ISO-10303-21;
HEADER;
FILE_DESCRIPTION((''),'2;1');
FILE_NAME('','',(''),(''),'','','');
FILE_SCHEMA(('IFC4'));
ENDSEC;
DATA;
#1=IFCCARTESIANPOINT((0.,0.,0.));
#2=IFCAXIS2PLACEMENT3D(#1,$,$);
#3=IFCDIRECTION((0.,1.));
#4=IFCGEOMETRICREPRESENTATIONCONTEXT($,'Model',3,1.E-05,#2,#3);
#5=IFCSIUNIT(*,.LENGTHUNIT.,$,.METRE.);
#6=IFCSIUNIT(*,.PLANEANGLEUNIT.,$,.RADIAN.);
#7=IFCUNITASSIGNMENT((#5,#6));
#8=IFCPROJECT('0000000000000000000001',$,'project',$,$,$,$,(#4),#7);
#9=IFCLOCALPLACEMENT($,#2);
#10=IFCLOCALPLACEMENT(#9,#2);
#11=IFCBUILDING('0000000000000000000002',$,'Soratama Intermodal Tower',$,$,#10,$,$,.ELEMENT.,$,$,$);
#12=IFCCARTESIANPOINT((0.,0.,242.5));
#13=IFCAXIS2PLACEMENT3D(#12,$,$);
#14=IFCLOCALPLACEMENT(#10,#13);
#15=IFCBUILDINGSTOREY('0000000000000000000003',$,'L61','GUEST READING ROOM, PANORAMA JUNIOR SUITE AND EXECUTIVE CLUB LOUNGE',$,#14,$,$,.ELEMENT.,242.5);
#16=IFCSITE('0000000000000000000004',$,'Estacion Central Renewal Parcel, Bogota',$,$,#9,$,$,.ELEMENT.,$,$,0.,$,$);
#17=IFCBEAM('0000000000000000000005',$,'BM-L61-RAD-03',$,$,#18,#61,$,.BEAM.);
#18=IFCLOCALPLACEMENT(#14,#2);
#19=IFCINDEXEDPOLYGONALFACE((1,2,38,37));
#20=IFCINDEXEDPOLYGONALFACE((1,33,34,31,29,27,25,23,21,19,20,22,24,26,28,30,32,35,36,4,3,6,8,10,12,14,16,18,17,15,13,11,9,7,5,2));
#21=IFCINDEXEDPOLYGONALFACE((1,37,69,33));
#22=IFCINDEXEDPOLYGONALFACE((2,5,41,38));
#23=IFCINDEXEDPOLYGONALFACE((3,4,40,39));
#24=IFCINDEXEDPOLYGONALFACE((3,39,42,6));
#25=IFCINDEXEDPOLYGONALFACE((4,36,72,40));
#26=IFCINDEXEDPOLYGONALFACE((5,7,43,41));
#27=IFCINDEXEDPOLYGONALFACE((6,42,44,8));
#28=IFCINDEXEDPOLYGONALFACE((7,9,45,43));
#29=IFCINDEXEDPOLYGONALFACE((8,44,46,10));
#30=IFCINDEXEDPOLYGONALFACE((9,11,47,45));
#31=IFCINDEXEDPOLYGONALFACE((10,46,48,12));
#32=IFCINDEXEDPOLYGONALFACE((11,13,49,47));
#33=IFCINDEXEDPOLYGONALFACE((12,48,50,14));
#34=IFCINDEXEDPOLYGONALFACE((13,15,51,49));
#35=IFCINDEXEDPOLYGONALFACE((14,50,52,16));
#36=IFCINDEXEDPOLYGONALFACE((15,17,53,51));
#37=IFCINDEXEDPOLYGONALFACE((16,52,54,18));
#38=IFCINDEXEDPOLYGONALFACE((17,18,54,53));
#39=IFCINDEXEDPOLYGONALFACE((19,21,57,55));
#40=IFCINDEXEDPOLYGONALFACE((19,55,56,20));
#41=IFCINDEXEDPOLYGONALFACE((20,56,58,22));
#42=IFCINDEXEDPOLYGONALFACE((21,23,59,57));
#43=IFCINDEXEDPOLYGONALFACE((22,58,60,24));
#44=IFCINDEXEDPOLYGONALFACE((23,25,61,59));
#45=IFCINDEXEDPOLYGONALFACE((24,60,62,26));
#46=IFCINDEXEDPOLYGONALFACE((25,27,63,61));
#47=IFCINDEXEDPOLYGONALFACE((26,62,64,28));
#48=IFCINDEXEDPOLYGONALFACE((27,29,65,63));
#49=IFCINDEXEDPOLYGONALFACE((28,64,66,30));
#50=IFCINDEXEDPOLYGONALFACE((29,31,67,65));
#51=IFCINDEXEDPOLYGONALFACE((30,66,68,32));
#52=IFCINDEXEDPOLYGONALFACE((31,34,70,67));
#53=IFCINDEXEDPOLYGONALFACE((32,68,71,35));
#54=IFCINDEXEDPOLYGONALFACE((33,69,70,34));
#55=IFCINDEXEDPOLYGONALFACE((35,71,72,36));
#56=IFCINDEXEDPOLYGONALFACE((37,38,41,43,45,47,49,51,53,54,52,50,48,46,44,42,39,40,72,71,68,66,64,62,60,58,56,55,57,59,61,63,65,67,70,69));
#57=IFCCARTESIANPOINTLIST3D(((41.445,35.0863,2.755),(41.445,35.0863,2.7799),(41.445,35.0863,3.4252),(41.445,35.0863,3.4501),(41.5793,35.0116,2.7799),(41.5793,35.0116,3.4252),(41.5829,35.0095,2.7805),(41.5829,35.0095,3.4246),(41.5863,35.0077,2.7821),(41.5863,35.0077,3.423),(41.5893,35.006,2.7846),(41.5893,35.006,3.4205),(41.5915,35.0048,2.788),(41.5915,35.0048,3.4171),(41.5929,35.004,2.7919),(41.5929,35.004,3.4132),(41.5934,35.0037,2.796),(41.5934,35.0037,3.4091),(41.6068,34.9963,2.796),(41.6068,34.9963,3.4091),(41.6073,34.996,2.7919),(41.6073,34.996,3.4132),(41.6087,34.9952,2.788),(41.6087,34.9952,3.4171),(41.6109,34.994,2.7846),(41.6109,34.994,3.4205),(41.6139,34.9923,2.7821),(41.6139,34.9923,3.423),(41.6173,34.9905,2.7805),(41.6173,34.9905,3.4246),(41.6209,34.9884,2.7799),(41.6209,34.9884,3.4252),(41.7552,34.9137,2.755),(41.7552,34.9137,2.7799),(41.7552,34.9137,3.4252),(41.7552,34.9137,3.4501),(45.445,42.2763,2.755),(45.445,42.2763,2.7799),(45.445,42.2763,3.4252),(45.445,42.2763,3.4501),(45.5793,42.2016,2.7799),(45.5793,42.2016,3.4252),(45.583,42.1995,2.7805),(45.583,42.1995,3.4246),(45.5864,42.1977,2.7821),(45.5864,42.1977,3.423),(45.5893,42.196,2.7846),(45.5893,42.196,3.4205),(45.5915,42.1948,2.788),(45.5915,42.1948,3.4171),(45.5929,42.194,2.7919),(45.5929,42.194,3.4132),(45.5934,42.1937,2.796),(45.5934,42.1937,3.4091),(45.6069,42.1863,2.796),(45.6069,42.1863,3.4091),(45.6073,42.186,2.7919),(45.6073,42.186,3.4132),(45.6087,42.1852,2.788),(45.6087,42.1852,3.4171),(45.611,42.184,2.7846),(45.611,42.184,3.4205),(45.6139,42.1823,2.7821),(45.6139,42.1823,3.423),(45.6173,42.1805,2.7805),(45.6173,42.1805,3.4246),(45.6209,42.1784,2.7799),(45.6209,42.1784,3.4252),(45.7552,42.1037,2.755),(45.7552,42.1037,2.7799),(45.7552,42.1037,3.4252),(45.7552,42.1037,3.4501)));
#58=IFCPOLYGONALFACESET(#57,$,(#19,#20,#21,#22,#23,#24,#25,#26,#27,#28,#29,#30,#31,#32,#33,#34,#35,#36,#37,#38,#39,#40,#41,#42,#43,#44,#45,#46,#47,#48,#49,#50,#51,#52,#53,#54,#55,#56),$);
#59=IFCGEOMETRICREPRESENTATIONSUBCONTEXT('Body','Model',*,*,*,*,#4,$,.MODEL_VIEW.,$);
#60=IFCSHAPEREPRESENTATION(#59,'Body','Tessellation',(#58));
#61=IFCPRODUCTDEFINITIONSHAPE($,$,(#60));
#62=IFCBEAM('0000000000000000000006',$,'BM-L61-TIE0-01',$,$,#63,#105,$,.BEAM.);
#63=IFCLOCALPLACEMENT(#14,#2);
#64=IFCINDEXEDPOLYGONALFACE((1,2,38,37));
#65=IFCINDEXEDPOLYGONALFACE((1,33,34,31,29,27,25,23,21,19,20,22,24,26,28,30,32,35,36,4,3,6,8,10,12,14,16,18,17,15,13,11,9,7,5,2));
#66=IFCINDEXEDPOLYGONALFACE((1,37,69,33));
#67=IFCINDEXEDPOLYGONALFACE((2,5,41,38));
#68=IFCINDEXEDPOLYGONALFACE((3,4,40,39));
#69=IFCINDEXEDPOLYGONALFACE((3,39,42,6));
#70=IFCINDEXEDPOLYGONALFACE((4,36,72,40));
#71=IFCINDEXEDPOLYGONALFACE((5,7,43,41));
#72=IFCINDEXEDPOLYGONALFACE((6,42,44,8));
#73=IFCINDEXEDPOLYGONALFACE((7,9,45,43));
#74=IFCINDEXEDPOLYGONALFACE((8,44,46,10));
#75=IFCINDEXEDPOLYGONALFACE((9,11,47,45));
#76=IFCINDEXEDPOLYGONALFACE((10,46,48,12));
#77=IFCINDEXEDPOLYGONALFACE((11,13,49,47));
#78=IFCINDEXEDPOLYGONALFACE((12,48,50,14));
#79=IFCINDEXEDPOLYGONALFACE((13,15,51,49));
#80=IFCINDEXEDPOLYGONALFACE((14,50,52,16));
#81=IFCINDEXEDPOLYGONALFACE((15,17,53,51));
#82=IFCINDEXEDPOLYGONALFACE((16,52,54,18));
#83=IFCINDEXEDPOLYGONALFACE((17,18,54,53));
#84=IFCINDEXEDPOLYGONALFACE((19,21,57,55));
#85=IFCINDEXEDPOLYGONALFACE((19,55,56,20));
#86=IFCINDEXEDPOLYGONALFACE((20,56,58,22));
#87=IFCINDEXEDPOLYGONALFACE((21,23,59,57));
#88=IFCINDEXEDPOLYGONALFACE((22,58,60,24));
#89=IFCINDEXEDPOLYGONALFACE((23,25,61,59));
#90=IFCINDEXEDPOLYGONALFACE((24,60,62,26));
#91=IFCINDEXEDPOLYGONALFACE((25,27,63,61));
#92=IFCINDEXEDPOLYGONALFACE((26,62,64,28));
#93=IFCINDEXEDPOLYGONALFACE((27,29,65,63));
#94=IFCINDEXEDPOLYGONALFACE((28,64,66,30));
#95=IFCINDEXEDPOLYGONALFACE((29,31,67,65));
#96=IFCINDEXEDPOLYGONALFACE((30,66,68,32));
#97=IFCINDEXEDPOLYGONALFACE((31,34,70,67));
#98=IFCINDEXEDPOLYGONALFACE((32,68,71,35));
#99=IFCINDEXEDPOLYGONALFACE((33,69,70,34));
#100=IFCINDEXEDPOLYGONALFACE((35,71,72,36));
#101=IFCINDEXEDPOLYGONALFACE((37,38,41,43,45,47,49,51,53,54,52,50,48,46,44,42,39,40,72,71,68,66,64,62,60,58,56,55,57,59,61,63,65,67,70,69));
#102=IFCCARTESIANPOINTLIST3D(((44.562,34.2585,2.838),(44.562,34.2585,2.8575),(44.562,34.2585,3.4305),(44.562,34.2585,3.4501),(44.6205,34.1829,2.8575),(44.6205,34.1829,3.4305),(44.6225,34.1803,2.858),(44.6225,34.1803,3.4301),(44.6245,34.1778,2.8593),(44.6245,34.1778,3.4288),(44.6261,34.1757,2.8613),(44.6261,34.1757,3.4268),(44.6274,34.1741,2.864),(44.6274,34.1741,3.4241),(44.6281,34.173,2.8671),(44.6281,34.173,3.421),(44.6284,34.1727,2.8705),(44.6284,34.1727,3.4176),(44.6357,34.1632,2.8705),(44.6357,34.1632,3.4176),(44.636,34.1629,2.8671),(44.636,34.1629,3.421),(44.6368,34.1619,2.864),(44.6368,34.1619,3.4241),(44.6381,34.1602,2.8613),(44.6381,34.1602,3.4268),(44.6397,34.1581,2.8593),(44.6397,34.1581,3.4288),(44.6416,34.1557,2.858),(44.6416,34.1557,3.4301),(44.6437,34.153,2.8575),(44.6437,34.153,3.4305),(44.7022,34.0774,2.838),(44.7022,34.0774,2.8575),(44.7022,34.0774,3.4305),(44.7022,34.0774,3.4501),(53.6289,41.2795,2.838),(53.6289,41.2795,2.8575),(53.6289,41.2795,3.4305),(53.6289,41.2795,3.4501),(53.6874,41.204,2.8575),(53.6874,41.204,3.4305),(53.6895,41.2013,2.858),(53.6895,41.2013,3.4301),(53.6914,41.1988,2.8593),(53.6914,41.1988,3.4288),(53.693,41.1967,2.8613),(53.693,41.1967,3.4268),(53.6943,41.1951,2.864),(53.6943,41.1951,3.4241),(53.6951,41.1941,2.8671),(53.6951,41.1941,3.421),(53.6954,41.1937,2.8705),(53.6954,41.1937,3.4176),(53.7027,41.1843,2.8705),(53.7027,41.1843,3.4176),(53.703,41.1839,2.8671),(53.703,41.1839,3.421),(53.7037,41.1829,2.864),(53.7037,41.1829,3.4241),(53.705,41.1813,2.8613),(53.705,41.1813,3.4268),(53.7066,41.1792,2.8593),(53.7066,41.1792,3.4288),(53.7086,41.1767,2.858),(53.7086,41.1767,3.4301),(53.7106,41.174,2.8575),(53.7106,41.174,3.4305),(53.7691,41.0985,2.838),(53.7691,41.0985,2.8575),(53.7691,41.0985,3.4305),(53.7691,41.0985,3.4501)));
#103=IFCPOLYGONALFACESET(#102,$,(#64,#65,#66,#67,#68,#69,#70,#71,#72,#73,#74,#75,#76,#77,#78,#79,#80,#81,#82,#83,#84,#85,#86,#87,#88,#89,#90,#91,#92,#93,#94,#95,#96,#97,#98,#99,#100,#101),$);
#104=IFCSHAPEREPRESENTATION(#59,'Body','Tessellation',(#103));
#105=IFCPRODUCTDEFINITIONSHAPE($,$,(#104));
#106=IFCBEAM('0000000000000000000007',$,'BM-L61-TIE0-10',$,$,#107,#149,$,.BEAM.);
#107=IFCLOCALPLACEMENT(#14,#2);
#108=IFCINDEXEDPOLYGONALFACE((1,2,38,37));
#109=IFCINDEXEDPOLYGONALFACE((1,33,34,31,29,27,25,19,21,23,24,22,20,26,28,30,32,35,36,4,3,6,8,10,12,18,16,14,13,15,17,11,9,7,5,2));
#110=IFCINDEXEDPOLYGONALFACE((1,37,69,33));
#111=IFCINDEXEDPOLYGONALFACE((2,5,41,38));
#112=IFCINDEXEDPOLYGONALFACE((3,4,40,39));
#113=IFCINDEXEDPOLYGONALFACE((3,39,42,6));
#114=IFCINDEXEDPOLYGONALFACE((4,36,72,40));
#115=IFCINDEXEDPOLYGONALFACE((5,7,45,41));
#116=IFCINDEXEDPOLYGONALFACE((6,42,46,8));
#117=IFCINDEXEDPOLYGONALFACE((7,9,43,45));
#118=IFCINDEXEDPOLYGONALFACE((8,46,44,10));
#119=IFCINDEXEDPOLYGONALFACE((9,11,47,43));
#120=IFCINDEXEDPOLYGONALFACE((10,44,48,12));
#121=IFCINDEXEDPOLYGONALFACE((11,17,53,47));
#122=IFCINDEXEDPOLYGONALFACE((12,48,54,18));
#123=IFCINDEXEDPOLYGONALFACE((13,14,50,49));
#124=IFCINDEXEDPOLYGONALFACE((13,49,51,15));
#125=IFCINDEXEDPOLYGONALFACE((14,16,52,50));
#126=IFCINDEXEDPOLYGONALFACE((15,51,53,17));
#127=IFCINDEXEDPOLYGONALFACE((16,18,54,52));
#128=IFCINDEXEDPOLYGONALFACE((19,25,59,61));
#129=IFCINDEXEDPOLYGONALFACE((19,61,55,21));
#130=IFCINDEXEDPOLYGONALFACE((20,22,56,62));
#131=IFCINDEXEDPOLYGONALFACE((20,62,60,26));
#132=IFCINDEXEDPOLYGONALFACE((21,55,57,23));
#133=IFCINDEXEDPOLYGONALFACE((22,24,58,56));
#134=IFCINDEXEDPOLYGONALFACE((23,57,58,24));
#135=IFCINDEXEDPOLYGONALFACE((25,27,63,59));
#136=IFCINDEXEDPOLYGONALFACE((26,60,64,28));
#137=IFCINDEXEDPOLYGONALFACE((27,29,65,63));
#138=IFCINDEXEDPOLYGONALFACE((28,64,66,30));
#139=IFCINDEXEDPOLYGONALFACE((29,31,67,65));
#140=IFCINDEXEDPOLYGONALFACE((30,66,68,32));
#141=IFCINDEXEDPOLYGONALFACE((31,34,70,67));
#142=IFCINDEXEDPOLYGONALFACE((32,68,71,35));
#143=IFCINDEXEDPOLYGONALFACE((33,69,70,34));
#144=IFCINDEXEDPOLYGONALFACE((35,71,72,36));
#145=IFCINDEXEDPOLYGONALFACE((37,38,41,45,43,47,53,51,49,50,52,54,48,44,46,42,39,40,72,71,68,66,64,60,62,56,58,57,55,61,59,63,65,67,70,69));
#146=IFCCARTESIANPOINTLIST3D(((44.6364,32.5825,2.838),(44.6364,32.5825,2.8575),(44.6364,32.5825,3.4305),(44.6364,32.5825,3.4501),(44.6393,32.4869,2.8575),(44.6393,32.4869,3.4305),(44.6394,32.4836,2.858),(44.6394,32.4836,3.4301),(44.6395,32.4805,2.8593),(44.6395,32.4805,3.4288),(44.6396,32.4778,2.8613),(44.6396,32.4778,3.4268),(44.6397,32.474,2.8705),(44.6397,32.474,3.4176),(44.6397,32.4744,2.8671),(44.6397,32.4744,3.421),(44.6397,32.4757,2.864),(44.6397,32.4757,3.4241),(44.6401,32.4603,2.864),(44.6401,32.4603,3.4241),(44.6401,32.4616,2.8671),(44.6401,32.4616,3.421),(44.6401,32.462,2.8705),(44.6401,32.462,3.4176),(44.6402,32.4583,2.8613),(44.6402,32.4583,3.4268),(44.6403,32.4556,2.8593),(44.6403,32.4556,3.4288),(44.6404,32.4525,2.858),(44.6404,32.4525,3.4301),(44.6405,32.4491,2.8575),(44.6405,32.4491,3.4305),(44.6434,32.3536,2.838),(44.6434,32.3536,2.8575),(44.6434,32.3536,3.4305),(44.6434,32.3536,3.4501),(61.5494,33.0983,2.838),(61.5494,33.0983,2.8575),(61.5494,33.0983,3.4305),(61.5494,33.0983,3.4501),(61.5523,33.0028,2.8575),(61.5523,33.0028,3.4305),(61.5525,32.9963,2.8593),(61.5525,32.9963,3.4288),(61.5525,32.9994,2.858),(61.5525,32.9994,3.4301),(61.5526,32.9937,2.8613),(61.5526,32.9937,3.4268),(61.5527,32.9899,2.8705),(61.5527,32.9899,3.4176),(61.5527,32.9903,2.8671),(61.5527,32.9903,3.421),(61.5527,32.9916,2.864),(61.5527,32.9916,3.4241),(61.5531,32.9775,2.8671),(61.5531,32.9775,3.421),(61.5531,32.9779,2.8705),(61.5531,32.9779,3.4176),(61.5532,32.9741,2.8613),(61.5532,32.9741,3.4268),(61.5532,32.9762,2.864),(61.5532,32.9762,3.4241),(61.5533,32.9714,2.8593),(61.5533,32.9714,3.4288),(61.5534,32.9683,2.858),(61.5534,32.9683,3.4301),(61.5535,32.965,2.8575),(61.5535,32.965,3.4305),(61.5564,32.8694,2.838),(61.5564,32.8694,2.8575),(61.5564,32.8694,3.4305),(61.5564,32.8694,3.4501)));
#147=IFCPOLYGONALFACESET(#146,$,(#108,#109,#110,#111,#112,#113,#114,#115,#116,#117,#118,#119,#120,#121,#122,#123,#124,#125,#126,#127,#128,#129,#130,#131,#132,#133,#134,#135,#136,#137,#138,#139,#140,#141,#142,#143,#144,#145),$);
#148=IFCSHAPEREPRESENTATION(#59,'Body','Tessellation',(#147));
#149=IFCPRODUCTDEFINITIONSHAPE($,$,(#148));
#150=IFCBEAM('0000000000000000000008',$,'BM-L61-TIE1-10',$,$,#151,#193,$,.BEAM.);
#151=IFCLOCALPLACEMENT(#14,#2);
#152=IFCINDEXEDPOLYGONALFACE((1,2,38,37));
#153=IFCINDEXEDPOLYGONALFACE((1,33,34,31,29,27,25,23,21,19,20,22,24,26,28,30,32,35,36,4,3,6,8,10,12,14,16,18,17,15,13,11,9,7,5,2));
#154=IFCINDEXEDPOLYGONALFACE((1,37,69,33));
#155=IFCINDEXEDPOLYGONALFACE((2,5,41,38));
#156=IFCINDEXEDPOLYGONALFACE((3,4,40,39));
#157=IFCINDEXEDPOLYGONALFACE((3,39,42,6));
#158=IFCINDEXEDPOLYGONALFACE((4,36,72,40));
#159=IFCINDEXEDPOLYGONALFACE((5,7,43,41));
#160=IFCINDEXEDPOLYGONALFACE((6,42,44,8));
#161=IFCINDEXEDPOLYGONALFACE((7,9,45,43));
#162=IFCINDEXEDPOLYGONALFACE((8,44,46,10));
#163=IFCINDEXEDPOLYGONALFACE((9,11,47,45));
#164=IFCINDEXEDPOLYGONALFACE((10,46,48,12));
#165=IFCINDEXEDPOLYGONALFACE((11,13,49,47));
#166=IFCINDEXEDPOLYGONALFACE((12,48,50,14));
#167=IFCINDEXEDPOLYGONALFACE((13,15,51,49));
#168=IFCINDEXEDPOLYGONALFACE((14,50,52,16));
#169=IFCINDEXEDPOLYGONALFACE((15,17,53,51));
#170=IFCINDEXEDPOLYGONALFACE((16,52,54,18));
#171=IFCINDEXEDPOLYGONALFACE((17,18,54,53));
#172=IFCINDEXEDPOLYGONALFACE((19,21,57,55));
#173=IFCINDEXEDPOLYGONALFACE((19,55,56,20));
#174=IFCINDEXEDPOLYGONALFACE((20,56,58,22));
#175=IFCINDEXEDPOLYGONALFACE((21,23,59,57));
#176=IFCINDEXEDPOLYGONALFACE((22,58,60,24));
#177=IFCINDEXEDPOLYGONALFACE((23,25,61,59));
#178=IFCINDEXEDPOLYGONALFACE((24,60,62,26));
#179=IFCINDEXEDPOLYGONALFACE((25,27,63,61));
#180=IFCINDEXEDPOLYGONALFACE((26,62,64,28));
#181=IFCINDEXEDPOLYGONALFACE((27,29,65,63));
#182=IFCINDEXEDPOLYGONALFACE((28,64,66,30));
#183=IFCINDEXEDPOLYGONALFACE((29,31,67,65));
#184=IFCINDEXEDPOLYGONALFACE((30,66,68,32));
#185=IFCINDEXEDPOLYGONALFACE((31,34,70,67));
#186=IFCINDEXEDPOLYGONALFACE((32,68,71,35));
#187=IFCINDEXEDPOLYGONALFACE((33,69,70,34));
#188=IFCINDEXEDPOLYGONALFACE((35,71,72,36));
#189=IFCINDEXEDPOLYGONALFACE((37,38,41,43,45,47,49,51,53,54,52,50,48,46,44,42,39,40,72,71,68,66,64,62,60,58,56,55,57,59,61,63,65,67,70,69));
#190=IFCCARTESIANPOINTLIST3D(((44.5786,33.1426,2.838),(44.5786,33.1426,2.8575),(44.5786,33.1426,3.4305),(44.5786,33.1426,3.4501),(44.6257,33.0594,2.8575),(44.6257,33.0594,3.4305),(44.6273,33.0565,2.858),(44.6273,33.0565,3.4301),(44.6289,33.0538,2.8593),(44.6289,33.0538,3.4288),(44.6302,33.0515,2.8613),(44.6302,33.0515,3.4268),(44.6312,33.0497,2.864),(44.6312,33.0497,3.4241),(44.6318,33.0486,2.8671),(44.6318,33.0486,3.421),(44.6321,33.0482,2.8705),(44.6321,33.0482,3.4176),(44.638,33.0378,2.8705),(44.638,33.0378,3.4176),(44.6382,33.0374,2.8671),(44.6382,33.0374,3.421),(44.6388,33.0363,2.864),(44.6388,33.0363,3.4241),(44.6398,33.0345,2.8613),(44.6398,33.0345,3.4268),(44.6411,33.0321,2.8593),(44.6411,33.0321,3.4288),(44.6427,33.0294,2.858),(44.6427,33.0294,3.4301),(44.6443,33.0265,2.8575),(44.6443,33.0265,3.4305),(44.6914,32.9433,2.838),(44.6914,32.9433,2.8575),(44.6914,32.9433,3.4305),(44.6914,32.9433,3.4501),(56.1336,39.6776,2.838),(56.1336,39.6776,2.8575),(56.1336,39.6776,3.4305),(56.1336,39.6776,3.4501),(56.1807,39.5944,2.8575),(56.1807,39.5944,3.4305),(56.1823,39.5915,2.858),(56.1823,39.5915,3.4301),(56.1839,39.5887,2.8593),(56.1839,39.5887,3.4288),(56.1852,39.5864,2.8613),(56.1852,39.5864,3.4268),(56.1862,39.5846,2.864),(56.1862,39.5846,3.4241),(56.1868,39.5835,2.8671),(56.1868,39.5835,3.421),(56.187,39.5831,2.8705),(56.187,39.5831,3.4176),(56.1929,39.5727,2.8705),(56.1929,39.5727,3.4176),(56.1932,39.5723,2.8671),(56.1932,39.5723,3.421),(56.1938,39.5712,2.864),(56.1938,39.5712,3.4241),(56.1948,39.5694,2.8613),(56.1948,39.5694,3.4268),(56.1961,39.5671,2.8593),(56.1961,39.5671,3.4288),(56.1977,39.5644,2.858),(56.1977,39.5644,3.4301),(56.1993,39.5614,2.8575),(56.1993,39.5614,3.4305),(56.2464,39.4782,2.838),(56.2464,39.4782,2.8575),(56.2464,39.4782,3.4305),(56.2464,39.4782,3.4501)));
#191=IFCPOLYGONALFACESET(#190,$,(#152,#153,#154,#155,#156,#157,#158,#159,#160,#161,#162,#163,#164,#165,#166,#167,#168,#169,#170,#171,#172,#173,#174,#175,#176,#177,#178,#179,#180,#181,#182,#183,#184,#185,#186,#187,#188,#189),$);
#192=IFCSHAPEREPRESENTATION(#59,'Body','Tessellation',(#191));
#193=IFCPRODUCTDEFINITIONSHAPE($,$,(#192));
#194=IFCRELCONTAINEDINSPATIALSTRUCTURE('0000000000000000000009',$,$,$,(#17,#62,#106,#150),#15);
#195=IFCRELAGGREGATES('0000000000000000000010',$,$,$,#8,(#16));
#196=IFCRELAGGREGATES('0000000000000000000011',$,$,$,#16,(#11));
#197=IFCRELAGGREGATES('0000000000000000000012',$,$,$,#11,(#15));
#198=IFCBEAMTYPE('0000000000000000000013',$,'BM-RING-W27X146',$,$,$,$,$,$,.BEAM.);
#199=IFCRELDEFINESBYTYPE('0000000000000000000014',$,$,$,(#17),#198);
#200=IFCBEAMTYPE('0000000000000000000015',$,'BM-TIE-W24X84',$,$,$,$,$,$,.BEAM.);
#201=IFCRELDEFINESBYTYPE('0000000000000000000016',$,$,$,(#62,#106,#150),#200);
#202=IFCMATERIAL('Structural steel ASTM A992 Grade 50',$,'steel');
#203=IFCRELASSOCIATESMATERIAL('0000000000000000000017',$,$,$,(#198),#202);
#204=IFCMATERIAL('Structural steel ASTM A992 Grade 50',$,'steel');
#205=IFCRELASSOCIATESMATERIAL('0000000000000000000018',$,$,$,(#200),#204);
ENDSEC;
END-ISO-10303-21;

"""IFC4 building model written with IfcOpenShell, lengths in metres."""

from ifc_helpers import new_model, si_unit, direction, frame, origin, origin_2d, place, context, subcontext, project, spatial, i_section, extrude, material, material_profile, profile_set, type_object, element, save


model = new_model("IFC4")

# Units and contexts
model_context = context("Model", 3, precision=1e-05, world=origin(), true_north=direction((0.0, 1.0)))
body_context = subcontext(model_context, "Body", "Model", "MODEL_VIEW")
ifc_project = project(units=[si_unit("LENGTHUNIT", "METRE"), si_unit("PLANEANGLEUNIT", "RADIAN")], contexts=[model_context])

# Site, building, storey
site_placement = place(None, origin())
site = spatial("IfcSite", under=ifc_project, at=site_placement, Name="Estacion Central Renewal Parcel, Bogota", CompositionType="ELEMENT", RefElevation=0.0)
building_placement = place(site_placement, origin())
building = spatial("IfcBuilding", under=site, at=building_placement, Name="Soratama Intermodal Tower", CompositionType="ELEMENT")
storey_placement = place(building_placement, frame((0.0, 0.0, 242.5)))
storey = spatial("IfcBuildingStorey", under=building, at=storey_placement, Name="L61", Description="GUEST READING ROOM, PANORAMA JUNIOR SUITE AND EXECUTIVE CLUB LOUNGE", CompositionType="ELEMENT", Elevation=242.5)

# Beams
ifc_material_1 = material(Name="Structural steel ASTM A992 Grade 50", Category="steel")
ifc_material_profile_1 = material_profile(ifc_material_1, i_section(OverallWidth=0.355, OverallDepth=0.6951, WebThickness=0.0154, FlangeThickness=0.0249, FilletRadius=0.0161, at=origin_2d()), Name="W27X146")
ifc_profile_set_1 = profile_set([ifc_material_profile_1], Name="Structural steel ASTM A992 Grade 50")
beam_type_1 = type_object("IfcBeamType", Name="BM-RING-W27X146", PredefinedType="BEAM", material=ifc_profile_set_1)
beam_1_placement = place(storey_placement, frame((41.6001, 35.0, 3.1025), z_axis=(0.486162, 0.873869, 0.0), x_axis=(-0.873869, 0.486162, 0.0)))
element("IfcBeam", 1, at=beam_1_placement, inside=storey, type_object=beam_type_1, Name="BM-L61-RAD-03", PredefinedType="BEAM", context=body_context, shape_type="SweptSolid", body=[
    extrude(i_section(OverallWidth=0.355, OverallDepth=0.6951, WebThickness=0.0154, FlangeThickness=0.0249, FilletRadius=0.0161, at=origin_2d()), origin(), (0.0, 0.0, 1.0), 8.2278),
])
ifc_material_2 = material(Name="Structural steel ASTM A992 Grade 50", Category="steel")
ifc_material_profile_2 = material_profile(ifc_material_2, i_section(OverallWidth=0.229, OverallDepth=0.6121, WebThickness=0.012, FlangeThickness=0.0195, FilletRadius=0.0129, at=origin_2d()), Name="W24X84")
ifc_profile_set_2 = profile_set([ifc_material_profile_2], Name="Structural steel ASTM A992 Grade 50")
beam_type_2 = type_object("IfcBeamType", Name="BM-TIE-W24X84", PredefinedType="BEAM", material=ifc_profile_set_2)
beam_2_placement = place(storey_placement, frame((44.6321, 34.168, 3.144), z_axis=(0.790662, 0.612253, 0.0), x_axis=(-0.612253, 0.790662, 0.0)))
element("IfcBeam", 2, at=beam_2_placement, inside=storey, type_object=beam_type_2, Name="BM-L61-TIE0-01", PredefinedType="BEAM", context=body_context, shape_type="SweptSolid", body=[
    extrude(i_section(OverallWidth=0.229, OverallDepth=0.6121, WebThickness=0.012, FlangeThickness=0.0195, FilletRadius=0.0129, at=origin_2d()), origin(), (0.0, 0.0, 1.0), 11.4675),
])
beam_3_placement = place(storey_placement, frame((44.6399, 32.468, 3.144), z_axis=(0.999535, 0.030487, 0.0), x_axis=(-0.030487, 0.999535, 0.0)))
element("IfcBeam", 3, at=beam_3_placement, inside=storey, type_object=beam_type_2, Name="BM-L61-TIE0-10", PredefinedType="BEAM", context=body_context, shape_type="SweptSolid", body=[
    extrude(i_section(OverallWidth=0.229, OverallDepth=0.6121, WebThickness=0.012, FlangeThickness=0.0195, FilletRadius=0.0129, at=origin_2d()), origin(), (0.0, 0.0, 1.0), 16.9209),
])
beam_4_placement = place(storey_placement, frame((44.635, 33.043, 3.144), z_axis=(0.870438, 0.492278, 0.0), x_axis=(-0.492278, 0.870438, 0.0)))
element("IfcBeam", 4, at=beam_4_placement, inside=storey, type_object=beam_type_2, Name="BM-L61-TIE1-10", PredefinedType="BEAM", context=body_context, shape_type="SweptSolid", body=[
    extrude(i_section(OverallWidth=0.229, OverallDepth=0.6121, WebThickness=0.012, FlangeThickness=0.0195, FilletRadius=0.0129, at=origin_2d()), origin(), (0.0, 0.0, 1.0), 13.2749),
])

save(model, "model.ifc")
